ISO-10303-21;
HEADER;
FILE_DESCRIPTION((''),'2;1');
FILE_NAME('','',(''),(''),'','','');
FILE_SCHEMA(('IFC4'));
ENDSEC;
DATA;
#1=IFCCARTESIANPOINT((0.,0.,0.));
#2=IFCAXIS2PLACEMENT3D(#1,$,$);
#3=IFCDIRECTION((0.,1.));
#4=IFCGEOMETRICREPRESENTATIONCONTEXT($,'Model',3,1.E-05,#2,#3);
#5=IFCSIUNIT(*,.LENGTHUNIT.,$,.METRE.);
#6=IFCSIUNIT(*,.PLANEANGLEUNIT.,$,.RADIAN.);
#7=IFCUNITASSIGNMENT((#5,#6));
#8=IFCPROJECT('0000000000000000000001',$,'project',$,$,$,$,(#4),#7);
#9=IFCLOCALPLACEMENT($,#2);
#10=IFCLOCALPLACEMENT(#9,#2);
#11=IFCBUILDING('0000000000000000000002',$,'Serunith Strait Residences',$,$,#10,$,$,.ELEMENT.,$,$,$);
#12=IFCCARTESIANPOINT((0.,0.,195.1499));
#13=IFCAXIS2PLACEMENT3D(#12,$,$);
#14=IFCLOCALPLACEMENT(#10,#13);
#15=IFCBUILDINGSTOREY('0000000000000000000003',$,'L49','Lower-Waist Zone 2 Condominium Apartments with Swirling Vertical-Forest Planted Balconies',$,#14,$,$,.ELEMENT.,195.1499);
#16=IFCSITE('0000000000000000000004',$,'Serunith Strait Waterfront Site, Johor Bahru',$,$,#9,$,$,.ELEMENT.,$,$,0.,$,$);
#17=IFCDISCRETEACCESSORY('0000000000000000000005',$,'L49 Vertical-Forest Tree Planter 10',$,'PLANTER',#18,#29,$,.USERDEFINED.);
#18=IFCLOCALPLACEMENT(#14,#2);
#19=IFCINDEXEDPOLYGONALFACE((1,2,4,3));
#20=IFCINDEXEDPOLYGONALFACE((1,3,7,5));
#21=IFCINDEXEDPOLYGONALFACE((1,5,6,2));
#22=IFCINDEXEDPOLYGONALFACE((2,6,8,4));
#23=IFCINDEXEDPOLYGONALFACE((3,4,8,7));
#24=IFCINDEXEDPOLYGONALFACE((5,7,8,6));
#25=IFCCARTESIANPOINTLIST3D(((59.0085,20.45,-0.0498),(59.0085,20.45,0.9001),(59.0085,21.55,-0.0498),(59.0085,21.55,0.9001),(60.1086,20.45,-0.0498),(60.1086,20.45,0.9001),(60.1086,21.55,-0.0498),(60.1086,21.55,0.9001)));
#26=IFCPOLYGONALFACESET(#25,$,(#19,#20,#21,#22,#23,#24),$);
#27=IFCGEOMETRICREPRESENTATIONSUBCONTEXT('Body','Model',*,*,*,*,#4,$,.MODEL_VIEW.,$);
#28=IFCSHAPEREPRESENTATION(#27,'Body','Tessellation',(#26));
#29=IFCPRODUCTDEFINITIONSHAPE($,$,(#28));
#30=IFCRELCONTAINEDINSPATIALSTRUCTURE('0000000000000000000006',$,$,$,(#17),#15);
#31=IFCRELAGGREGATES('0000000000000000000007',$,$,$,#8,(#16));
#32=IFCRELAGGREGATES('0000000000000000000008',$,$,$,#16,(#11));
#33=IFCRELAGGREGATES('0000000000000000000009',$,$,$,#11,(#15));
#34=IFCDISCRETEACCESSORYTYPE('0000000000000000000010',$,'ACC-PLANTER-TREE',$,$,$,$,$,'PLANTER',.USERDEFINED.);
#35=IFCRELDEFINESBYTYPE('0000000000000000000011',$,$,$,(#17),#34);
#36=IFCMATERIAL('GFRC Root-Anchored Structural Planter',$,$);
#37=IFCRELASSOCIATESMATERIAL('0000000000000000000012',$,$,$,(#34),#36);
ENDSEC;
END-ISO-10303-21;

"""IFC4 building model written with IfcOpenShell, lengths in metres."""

from ifc_helpers import new_model, si_unit, direction, frame, origin, origin_2d, place, context, subcontext, project, spatial, rectangle, extrude, source, transform, mapped, material, type_object, element, save


model = new_model("IFC4")

# Units and contexts
model_context = context("Model", 3, precision=1e-05, world=origin(), true_north=direction((0.0, 1.0)))
body_context = subcontext(model_context, "Body", "Model", "MODEL_VIEW")
ifc_project = project(units=[si_unit("LENGTHUNIT", "METRE"), si_unit("PLANEANGLEUNIT", "RADIAN")], contexts=[model_context])

# Site, building, storey
site_placement = place(None, origin())
site = spatial("IfcSite", under=ifc_project, at=site_placement, Name="Serunith Strait Waterfront Site, Johor Bahru", CompositionType="ELEMENT", RefElevation=0.0)
building_placement = place(site_placement, origin())
building = spatial("IfcBuilding", under=site, at=building_placement, Name="Serunith Strait Residences", CompositionType="ELEMENT")
storey_placement = place(building_placement, frame((0.0, 0.0, 195.1499)))
storey = spatial("IfcBuildingStorey", under=building, at=storey_placement, Name="L49", Description="Lower-Waist Zone 2 Condominium Apartments with Swirling Vertical-Forest Planted Balconies", CompositionType="ELEMENT", Elevation=195.1499)

# Discrete accessory
ifc_material_1 = material(Name="GFRC Root-Anchored Structural Planter")
discrete_accessory_type = type_object("IfcDiscreteAccessoryType", Name="ACC-PLANTER-TREE", ElementType="PLANTER", PredefinedType="USERDEFINED", material=ifc_material_1)
shared_shape_1 = source(origin(), body_context, "Body", "SweptSolid", [
    extrude(rectangle(XDim=1.1001, YDim=1.1001, at=origin_2d()), origin(), (0.0, 0.0, 1.0), 0.95),
])
discrete_accessory_placement = place(storey_placement, frame((59.5586, 21.0, -0.0498), z_axis=(0.0, 0.0, 1.0), x_axis=(0.0, 1.0, 0.0)))
element("IfcDiscreteAccessory", 1, at=discrete_accessory_placement, inside=storey, type_object=discrete_accessory_type, Name="L49 Vertical-Forest Tree Planter 10", ObjectType="PLANTER", PredefinedType="USERDEFINED", context=body_context, shape_type="MappedRepresentation", body=[
    mapped(shared_shape_1, transform((0.0, 0.0, 0.0), scale=1.0)),
])

save(model, "model.ifc")
